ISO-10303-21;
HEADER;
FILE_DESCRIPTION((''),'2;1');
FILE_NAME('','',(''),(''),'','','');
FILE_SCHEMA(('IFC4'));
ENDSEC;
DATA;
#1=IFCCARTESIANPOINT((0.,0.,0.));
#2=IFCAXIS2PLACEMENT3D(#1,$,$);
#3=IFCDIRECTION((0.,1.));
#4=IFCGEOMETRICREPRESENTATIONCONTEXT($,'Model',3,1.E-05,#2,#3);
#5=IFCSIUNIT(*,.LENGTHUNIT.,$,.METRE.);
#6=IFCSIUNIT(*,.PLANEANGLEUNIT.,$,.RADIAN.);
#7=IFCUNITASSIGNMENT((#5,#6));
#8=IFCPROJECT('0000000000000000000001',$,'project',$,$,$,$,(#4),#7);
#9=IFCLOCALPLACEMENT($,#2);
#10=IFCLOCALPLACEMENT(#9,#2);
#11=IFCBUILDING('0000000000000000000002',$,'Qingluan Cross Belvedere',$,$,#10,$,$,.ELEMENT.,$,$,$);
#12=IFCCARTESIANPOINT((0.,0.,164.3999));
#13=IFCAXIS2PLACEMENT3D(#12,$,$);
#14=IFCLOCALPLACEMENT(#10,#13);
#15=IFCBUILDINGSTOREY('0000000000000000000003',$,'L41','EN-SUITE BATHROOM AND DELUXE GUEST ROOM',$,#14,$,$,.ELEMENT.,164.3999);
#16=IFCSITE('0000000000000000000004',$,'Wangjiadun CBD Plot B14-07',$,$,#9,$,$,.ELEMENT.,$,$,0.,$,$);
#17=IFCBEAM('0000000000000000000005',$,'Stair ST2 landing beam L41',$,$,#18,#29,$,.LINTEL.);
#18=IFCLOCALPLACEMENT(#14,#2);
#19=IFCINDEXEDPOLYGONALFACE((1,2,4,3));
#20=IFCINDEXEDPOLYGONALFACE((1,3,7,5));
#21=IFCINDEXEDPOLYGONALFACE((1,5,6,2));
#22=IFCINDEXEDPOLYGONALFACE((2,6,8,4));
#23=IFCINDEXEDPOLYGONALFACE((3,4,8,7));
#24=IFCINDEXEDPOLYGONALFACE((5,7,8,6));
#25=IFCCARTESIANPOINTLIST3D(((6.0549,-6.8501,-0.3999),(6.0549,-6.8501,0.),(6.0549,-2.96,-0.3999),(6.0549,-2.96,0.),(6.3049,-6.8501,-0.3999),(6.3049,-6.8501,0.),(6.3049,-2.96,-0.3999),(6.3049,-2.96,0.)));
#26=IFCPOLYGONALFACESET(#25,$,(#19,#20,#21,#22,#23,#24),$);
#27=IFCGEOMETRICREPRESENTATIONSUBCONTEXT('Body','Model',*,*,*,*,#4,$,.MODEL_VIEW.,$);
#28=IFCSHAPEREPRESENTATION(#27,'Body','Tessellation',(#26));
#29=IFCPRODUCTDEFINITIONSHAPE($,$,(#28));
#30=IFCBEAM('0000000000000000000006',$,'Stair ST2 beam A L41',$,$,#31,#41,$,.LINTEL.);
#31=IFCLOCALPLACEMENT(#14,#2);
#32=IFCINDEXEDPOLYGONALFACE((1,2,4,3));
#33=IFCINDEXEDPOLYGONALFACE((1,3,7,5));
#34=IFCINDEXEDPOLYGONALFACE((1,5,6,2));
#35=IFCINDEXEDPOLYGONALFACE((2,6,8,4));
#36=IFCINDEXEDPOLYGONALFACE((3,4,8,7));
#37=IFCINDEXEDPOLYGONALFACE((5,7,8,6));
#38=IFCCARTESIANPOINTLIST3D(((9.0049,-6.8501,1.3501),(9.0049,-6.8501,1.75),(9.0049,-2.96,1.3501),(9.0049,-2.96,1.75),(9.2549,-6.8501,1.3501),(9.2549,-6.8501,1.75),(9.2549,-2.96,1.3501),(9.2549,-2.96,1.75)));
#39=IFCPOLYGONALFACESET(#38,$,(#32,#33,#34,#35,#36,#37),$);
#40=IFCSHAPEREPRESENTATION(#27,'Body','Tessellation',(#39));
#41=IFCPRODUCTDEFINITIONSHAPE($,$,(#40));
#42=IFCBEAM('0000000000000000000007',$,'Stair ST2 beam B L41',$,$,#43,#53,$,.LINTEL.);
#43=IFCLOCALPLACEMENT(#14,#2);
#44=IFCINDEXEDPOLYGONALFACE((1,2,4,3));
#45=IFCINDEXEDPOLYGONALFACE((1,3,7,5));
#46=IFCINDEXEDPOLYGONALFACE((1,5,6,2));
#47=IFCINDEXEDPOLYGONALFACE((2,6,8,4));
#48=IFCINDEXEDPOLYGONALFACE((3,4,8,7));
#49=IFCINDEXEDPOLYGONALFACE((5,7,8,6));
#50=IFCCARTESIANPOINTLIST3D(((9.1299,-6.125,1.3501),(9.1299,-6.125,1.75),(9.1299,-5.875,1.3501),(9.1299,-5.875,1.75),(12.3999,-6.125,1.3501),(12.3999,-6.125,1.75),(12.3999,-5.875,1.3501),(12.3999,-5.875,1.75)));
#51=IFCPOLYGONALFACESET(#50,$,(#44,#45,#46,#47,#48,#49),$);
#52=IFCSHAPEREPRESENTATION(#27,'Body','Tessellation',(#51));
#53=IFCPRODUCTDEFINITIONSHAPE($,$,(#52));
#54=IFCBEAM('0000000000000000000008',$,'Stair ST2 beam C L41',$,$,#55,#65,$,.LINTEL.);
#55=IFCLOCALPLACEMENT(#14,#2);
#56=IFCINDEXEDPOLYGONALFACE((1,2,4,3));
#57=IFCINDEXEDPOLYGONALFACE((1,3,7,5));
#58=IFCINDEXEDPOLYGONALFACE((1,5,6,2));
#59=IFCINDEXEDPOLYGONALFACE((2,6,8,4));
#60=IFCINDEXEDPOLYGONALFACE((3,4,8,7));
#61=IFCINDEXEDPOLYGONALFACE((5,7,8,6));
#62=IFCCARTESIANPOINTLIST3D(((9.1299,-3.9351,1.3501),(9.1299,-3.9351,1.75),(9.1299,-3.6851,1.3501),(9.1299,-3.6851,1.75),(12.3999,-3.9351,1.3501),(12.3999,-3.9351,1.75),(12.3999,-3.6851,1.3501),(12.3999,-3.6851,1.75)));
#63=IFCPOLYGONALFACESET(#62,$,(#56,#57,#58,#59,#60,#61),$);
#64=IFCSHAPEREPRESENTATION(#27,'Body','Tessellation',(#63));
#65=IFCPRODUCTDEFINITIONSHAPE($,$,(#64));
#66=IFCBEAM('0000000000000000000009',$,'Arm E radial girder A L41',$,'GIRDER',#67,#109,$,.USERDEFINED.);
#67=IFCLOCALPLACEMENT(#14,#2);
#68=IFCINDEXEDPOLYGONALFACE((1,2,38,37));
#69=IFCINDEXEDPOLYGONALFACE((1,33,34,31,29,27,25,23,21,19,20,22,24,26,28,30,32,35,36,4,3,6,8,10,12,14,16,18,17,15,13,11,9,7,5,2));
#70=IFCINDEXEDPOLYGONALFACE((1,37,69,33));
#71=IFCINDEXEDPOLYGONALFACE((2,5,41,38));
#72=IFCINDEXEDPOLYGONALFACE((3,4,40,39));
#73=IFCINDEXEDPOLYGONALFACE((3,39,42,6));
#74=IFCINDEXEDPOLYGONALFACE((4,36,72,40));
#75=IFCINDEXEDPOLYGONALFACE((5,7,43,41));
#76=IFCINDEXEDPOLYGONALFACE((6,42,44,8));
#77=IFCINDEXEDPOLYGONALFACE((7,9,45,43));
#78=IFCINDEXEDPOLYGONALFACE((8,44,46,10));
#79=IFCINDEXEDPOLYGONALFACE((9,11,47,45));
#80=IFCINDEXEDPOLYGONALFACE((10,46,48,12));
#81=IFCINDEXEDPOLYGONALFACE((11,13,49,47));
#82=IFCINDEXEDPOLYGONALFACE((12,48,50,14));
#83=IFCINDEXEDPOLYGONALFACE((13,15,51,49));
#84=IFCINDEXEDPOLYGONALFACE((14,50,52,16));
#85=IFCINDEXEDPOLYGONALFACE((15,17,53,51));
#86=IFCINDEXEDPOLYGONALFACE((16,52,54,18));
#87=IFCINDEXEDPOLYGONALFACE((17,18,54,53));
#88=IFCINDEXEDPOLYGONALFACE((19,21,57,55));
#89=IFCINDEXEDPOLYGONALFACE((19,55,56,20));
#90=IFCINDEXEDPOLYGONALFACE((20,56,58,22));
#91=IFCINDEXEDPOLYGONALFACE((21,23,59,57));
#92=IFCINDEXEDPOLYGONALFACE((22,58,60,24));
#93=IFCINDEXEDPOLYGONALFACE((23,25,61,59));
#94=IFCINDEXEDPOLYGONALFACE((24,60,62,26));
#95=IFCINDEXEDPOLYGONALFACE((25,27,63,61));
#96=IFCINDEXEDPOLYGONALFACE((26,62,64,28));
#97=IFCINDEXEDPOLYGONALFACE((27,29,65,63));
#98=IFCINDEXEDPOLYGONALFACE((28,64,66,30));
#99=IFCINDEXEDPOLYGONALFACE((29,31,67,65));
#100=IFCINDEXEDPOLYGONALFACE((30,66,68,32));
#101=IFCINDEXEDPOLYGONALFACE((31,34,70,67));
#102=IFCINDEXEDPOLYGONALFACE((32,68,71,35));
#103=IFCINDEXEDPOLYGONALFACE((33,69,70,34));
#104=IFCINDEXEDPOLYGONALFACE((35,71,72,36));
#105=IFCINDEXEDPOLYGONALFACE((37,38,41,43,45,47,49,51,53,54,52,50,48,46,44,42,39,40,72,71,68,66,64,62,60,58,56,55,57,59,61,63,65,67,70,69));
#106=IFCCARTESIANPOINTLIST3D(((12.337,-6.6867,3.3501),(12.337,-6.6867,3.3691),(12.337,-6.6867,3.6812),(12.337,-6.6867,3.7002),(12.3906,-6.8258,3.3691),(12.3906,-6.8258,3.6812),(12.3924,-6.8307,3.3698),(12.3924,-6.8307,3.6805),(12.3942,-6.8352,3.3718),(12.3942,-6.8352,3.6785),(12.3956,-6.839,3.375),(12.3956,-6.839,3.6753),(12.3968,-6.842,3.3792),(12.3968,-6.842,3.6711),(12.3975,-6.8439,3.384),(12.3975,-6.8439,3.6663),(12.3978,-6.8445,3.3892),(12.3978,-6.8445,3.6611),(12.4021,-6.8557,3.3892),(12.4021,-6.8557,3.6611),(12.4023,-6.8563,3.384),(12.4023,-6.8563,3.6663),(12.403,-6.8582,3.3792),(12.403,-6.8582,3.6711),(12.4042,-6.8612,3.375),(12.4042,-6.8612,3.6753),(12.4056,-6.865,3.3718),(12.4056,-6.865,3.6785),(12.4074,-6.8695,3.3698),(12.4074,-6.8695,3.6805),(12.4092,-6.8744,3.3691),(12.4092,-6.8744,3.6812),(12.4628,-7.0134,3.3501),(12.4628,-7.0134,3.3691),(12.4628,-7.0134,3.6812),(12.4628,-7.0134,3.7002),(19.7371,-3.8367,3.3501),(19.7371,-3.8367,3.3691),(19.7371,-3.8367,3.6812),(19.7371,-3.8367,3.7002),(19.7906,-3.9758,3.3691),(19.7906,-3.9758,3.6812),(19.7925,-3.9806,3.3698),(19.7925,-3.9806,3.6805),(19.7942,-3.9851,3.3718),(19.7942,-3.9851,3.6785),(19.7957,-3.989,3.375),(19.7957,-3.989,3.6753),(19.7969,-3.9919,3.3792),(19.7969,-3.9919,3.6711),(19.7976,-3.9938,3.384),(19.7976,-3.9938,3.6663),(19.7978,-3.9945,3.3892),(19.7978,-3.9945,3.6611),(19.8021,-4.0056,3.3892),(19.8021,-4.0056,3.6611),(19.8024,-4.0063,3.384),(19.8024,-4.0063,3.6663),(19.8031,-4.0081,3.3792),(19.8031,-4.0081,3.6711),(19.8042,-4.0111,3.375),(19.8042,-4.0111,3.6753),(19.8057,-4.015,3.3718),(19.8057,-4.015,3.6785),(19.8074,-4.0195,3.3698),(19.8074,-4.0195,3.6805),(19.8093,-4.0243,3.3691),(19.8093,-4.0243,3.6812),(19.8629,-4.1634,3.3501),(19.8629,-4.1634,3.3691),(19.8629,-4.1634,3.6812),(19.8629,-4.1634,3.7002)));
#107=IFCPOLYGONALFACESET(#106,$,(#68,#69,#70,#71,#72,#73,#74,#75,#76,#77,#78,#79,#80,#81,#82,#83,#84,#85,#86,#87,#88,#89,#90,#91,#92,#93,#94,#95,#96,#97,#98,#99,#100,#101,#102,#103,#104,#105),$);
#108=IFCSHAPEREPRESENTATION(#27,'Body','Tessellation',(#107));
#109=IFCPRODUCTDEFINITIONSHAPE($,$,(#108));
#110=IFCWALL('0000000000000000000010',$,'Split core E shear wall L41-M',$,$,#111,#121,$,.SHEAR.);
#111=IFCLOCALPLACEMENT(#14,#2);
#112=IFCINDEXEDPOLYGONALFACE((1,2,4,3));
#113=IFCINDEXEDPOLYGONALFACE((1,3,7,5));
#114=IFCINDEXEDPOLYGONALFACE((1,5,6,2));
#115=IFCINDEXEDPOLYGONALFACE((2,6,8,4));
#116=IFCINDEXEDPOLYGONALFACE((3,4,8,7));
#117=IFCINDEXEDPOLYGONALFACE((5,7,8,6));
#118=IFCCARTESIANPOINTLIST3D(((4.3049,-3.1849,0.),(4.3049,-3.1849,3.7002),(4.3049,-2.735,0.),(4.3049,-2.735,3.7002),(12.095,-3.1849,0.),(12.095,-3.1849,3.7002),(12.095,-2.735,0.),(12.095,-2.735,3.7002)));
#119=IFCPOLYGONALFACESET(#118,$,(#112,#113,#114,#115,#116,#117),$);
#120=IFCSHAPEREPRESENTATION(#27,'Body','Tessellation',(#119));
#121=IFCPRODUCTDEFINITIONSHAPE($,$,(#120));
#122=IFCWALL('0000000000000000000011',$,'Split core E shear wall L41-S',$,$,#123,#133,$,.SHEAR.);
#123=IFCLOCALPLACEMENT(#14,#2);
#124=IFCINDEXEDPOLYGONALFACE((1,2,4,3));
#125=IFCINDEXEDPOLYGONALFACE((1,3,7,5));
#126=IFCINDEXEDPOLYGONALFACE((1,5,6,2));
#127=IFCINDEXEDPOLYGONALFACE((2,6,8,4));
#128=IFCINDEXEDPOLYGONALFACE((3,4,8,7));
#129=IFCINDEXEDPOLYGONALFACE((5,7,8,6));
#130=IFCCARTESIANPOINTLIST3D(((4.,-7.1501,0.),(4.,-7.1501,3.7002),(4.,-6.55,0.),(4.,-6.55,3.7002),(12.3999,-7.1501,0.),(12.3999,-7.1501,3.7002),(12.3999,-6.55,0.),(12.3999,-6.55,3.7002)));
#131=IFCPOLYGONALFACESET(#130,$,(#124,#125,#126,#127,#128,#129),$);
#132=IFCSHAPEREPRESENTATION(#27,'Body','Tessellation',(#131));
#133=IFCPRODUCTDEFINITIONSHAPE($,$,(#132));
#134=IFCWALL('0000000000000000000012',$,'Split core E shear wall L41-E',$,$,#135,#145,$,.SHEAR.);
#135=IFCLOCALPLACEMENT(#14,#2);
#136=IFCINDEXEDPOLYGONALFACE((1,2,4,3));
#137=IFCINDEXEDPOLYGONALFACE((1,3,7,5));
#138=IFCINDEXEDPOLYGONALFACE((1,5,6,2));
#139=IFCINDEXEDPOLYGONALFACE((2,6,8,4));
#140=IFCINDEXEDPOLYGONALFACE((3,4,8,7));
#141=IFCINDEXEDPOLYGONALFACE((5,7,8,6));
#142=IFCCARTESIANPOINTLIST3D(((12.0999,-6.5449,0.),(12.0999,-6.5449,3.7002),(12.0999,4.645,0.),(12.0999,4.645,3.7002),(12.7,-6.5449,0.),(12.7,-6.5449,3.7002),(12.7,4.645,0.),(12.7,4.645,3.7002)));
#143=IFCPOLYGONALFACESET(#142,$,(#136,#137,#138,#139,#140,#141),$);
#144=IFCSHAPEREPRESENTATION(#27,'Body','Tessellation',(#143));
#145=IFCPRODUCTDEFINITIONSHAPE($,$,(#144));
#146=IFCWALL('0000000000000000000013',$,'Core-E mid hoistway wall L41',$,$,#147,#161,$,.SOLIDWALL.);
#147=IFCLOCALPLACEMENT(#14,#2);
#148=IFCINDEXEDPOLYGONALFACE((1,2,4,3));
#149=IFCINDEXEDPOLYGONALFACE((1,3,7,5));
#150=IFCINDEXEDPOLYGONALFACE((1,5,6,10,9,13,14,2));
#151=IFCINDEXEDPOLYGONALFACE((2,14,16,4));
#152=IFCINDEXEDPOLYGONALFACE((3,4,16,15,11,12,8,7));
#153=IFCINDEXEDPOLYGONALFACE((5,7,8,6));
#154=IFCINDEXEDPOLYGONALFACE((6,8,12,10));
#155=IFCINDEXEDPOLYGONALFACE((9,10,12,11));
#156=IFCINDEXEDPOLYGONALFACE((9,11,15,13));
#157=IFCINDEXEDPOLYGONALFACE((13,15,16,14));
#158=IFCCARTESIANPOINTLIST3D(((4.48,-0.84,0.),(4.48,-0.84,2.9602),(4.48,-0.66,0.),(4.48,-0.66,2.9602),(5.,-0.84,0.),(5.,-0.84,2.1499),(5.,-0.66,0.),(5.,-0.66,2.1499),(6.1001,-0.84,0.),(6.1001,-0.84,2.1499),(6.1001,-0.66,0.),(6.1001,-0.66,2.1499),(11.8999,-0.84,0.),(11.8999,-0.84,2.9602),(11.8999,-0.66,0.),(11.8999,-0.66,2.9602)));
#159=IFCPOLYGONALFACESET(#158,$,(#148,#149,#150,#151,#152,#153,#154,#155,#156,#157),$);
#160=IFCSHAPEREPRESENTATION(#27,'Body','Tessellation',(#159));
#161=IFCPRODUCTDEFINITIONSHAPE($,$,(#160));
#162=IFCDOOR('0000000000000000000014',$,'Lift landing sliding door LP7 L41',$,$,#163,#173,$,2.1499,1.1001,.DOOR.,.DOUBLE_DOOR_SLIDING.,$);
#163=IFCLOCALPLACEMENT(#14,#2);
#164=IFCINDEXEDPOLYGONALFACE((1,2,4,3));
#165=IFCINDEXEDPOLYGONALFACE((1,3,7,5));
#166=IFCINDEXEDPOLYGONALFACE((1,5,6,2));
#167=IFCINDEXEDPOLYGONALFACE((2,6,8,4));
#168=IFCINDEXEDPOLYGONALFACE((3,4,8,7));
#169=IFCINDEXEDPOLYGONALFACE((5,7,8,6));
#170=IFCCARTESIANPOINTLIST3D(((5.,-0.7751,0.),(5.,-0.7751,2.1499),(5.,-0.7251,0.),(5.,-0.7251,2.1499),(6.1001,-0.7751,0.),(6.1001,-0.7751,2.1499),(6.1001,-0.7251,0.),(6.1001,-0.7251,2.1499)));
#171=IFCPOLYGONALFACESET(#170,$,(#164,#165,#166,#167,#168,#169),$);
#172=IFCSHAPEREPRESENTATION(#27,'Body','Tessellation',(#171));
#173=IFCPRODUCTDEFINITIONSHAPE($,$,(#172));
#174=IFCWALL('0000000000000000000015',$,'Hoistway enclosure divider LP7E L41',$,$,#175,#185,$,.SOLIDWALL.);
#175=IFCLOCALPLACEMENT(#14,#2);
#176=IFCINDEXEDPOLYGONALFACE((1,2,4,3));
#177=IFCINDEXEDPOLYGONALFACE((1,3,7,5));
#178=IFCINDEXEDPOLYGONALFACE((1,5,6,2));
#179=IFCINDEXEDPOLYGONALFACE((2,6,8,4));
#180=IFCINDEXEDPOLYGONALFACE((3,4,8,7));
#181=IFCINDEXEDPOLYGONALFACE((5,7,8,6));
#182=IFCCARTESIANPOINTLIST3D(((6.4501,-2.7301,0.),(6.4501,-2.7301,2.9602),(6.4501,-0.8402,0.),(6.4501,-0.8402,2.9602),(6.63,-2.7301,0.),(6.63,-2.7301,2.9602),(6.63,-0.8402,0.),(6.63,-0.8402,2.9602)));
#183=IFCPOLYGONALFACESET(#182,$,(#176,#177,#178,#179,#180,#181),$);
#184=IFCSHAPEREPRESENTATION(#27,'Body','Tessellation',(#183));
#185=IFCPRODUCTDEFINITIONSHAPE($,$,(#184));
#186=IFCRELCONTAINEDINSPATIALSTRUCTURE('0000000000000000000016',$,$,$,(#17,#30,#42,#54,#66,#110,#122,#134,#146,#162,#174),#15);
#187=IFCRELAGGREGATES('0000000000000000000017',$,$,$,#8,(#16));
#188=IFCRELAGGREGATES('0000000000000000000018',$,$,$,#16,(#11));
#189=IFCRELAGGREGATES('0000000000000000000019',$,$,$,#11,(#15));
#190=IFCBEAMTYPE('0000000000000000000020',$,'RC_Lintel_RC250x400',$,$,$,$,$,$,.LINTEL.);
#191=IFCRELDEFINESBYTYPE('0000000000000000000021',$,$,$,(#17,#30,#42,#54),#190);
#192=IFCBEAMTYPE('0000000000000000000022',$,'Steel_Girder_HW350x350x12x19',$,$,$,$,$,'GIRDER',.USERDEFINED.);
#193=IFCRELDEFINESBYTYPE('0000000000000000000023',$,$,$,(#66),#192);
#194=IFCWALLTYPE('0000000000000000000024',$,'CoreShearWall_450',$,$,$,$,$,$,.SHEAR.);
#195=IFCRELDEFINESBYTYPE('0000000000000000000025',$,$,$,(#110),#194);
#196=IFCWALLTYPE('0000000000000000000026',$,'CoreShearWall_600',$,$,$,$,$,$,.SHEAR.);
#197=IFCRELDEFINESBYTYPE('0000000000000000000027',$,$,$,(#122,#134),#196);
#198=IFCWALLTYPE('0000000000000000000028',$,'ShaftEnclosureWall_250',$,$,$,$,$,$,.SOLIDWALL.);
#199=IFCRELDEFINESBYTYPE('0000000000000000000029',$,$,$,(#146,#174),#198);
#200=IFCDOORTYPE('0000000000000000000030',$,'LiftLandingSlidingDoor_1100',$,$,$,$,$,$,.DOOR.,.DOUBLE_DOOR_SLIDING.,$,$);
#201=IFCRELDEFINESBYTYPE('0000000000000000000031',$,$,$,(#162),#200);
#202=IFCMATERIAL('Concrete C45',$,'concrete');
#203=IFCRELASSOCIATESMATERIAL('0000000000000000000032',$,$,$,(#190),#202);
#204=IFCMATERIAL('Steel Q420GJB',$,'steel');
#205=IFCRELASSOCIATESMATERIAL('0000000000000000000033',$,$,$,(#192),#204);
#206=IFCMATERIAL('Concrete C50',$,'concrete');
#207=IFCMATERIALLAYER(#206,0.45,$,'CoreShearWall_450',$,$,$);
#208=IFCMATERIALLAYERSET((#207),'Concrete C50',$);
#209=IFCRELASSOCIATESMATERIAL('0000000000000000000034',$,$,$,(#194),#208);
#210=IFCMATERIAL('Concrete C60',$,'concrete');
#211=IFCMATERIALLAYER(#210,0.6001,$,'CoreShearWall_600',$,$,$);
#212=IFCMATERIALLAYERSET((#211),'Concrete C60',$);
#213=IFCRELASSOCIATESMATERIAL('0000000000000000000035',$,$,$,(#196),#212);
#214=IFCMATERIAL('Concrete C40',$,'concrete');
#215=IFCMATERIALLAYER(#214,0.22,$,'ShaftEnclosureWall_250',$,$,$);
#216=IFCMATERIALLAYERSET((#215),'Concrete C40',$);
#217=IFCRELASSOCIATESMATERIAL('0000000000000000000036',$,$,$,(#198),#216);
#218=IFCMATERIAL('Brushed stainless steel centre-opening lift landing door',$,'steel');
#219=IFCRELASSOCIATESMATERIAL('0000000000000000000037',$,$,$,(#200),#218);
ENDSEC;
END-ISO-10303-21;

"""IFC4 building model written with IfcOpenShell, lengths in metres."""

from ifc_helpers import new_model, si_unit, direction, frame, frame_2d, origin, origin_2d, place, context, subcontext, project, spatial, rectangle, i_section, extrude, material, layer, layer_set, material_profile, profile_set, type_object, element, fill, save


model = new_model("IFC4")

# Units and contexts
model_context = context("Model", 3, precision=1e-05, world=origin(), true_north=direction((0.0, 1.0)))
body_context = subcontext(model_context, "Body", "Model", "MODEL_VIEW")
ifc_project = project(units=[si_unit("LENGTHUNIT", "METRE"), si_unit("PLANEANGLEUNIT", "RADIAN")], contexts=[model_context])

# Site, building, storey
site_placement = place(None, origin())
site = spatial("IfcSite", under=ifc_project, at=site_placement, Name="Wangjiadun CBD Plot B14-07", CompositionType="ELEMENT", RefElevation=0.0)
building_placement = place(site_placement, origin())
building = spatial("IfcBuilding", under=site, at=building_placement, Name="Qingluan Cross Belvedere", CompositionType="ELEMENT")
storey_placement = place(building_placement, frame((0.0, 0.0, 164.3999)))
storey = spatial("IfcBuildingStorey", under=building, at=storey_placement, Name="L41", Description="EN-SUITE BATHROOM AND DELUXE GUEST ROOM", CompositionType="ELEMENT", Elevation=164.3999)

# Beams
ifc_material_1 = material(Name="Concrete C45", Category="concrete")
ifc_material_profile_1 = material_profile(ifc_material_1, rectangle(XDim=0.25, YDim=0.3999, at=origin_2d()), Name="RC250x400")
ifc_profile_set_1 = profile_set([ifc_material_profile_1], Name="Concrete C45")
beam_type_1 = type_object("IfcBeamType", Name="RC_Lintel_RC250x400", PredefinedType="LINTEL", material=ifc_profile_set_1)
for number, where, z_axis, x_axis, name in (
    (1, (6.1799, -6.8501, -0.2), (0.0, 1.0, 0.0), (-1.0, 0.0, 0.0), "Stair ST2 landing beam L41"),
    (2, (9.1299, -6.8501, 1.55), (0.0, 1.0, 0.0), (-1.0, 0.0, 0.0), "Stair ST2 beam A L41"),
):
    element("IfcBeam", number, at=place(storey_placement, frame(where, z_axis=z_axis, x_axis=x_axis)), inside=storey, type_object=beam_type_1, Name=name, PredefinedType="LINTEL", context=body_context, shape_type="SweptSolid", body=[
        extrude(rectangle(XDim=0.25, YDim=0.3999, at=origin_2d()), origin(), (0.0, 0.0, 1.0), 3.8901),
    ])
for number, where, z_axis, x_axis, name in (
    (3, (12.3999, -6.0, 1.55), (-1.0, 0.0, 0.0), (0.0, -1.0, 0.0), "Stair ST2 beam B L41"),
    (4, (12.3999, -3.8101, 1.55), (-1.0, 0.0, 0.0), (0.0, -1.0, 0.0), "Stair ST2 beam C L41"),
):
    element("IfcBeam", number, at=place(storey_placement, frame(where, z_axis=z_axis, x_axis=x_axis)), inside=storey, type_object=beam_type_1, Name=name, PredefinedType="LINTEL", context=body_context, shape_type="SweptSolid", body=[
        extrude(rectangle(XDim=0.25, YDim=0.3999, at=origin_2d()), origin(), (0.0, 0.0, 1.0), 3.27),
    ])
ifc_material_2 = material(Name="Steel Q420GJB", Category="steel")
ifc_material_profile_2 = material_profile(ifc_material_2, i_section(OverallWidth=0.3501, OverallDepth=0.3501, WebThickness=0.012, FlangeThickness=0.019, FilletRadius=0.02, at=origin_2d()), Name="HW350x350x12x19")
ifc_profile_set_2 = profile_set([ifc_material_profile_2], Name="Steel Q420GJB")
beam_type_2 = type_object("IfcBeamType", Name="Steel_Girder_HW350x350x12x19", ElementType="GIRDER", PredefinedType="USERDEFINED", material=ifc_profile_set_2)
beam_placement = place(storey_placement, frame((12.3999, -6.8501, 3.5251), z_axis=(0.933181, 0.359406, 0.0), x_axis=(-0.359406, 0.933181, 0.0)))
element("IfcBeam", 5, at=beam_placement, inside=storey, type_object=beam_type_2, Name="Arm E radial girder A L41", ObjectType="GIRDER", PredefinedType="USERDEFINED", context=body_context, shape_type="SweptSolid", body=[
    extrude(i_section(OverallWidth=0.3501, OverallDepth=0.3501, WebThickness=0.012, FlangeThickness=0.019, FilletRadius=0.02, at=origin_2d()), origin(), (0.0, 0.0, 1.0), 7.9299),
])

# Walls
ifc_material_3 = material(Name="Concrete C50", Category="concrete")
ifc_layer_1 = layer(ifc_material_3, 0.45, Name="CoreShearWall_450")
ifc_layer_set_1 = layer_set([ifc_layer_1], Name="Concrete C50")
wall_type_1 = type_object("IfcWallType", Name="CoreShearWall_450", PredefinedType="SHEAR", material=ifc_layer_set_1)
wall_1_placement = place(storey_placement, frame((4.3049, -2.96, 0.0), z_axis=(0.0, 0.0, 1.0), x_axis=(1.0, 0.0, 0.0)))
element("IfcWall", 6, at=wall_1_placement, inside=storey, type_object=wall_type_1, Name="Split core E shear wall L41-M", PredefinedType="SHEAR", context=body_context, shape_type="SweptSolid", body=[
    extrude(rectangle(XDim=7.79, YDim=0.45, at=frame_2d((3.895, 0.0))), origin(), (0.0, 0.0, 1.0), 3.7002),
])
ifc_material_4 = material(Name="Concrete C60", Category="concrete")
ifc_layer_2 = layer(ifc_material_4, 0.6001, Name="CoreShearWall_600")
ifc_layer_set_2 = layer_set([ifc_layer_2], Name="Concrete C60")
wall_type_2 = type_object("IfcWallType", Name="CoreShearWall_600", PredefinedType="SHEAR", material=ifc_layer_set_2)
wall_2_placement = place(storey_placement, frame((4.0, -6.8501, 0.0), z_axis=(0.0, 0.0, 1.0), x_axis=(1.0, 0.0, 0.0)))
element("IfcWall", 7, at=wall_2_placement, inside=storey, type_object=wall_type_2, Name="Split core E shear wall L41-S", PredefinedType="SHEAR", context=body_context, shape_type="SweptSolid", body=[
    extrude(rectangle(XDim=8.3999, YDim=0.6001, at=frame_2d((4.2, 0.0))), origin(), (0.0, 0.0, 1.0), 3.7002),
])

# Wall
wall_3_placement = place(storey_placement, frame((12.3999, -6.5449, 0.0), z_axis=(0.0, 0.0, 1.0), x_axis=(0.0, 1.0, 0.0)))
element("IfcWall", 8, at=wall_3_placement, inside=storey, type_object=wall_type_2, Name="Split core E shear wall L41-E", PredefinedType="SHEAR", context=body_context, shape_type="SweptSolid", body=[
    extrude(rectangle(XDim=11.1899, YDim=0.6001, at=frame_2d((5.595, 0.0))), origin(), (0.0, 0.0, 1.0), 3.7002),
])

# Wall, opening, door
ifc_material_5 = material(Name="Concrete C40", Category="concrete")
ifc_layer_3 = layer(ifc_material_5, 0.22, Name="ShaftEnclosureWall_250")
ifc_layer_set_3 = layer_set([ifc_layer_3], Name="Concrete C40")
wall_type_3 = type_object("IfcWallType", Name="ShaftEnclosureWall_250", PredefinedType="SOLIDWALL", material=ifc_layer_set_3)
wall_4_placement = place(storey_placement, frame((4.48, -0.75, 0.0), z_axis=(0.0, 0.0, 1.0), x_axis=(1.0, 0.0, 0.0)))
wall_4 = element("IfcWall", 9, at=wall_4_placement, inside=storey, type_object=wall_type_3, Name="Core-E mid hoistway wall L41", PredefinedType="SOLIDWALL", context=body_context, shape_type="SweptSolid", body=[
    extrude(rectangle(XDim=7.4199, YDim=0.1799, at=frame_2d((3.71, 0.0))), origin(), (0.0, 0.0, 1.0), 2.9602),
])
opening_1_placement = place(wall_4_placement, frame((0.52, 0.0, 0.0)))
opening_1 = element("IfcOpeningElement", 10, at=opening_1_placement, cuts=wall_4, PredefinedType="OPENING", context=body_context, shape_type="SweptSolid", body=[
    extrude(rectangle(XDim=1.1001, YDim=2.1499, at=frame_2d((0.55, 1.075))), frame((0.0, 0.0999, 0.0), z_axis=(0.0, -1.0, 0.0), x_axis=(1.0, 0.0, 0.0)), (0.0, 0.0, 1.0), 0.2),
])
ifc_material_6 = material(Name="Brushed stainless steel centre-opening lift landing door", Category="steel")
door_type_1 = type_object("IfcDoorType", Name="LiftLandingSlidingDoor_1100", OperationType="DOUBLE_DOOR_SLIDING", PredefinedType="DOOR", material=ifc_material_6)
door_1_placement = place(opening_1_placement, origin())
door_1 = element("IfcDoor", 11, at=door_1_placement, inside=storey, type_object=door_type_1, Name="Lift landing sliding door LP7 L41", OperationType="DOUBLE_DOOR_SLIDING", OverallHeight=2.1499, OverallWidth=1.1001, PredefinedType="DOOR", context=body_context, shape_type="SweptSolid", body=[
    extrude(rectangle(XDim=1.1001, YDim=2.1499, at=frame_2d((0.55, 1.075))), frame((0.0, 0.0249, 0.0), z_axis=(0.0, -1.0, 0.0), x_axis=(1.0, 0.0, 0.0)), (0.0, 0.0, 1.0), 0.05),
])
fill(opening_1, door_1)

# Wall
for number, where, z_axis, x_axis, name in (
    (12, (6.54, -2.73, 0.0), (0.0, 0.0, 1.0), (0.0, 1.0, 0.0), "Hoistway enclosure divider LP7E L41"),
):
    element("IfcWall", number, at=place(storey_placement, frame(where, z_axis=z_axis, x_axis=x_axis)), inside=storey, type_object=wall_type_3, Name=name, PredefinedType="SOLIDWALL", context=body_context, shape_type="SweptSolid", body=[
        extrude(rectangle(XDim=1.8899, YDim=0.1799, at=frame_2d((0.9448, 0.0))), origin(), (0.0, 0.0, 1.0), 2.9602),
    ])

save(model, "model.ifc")
